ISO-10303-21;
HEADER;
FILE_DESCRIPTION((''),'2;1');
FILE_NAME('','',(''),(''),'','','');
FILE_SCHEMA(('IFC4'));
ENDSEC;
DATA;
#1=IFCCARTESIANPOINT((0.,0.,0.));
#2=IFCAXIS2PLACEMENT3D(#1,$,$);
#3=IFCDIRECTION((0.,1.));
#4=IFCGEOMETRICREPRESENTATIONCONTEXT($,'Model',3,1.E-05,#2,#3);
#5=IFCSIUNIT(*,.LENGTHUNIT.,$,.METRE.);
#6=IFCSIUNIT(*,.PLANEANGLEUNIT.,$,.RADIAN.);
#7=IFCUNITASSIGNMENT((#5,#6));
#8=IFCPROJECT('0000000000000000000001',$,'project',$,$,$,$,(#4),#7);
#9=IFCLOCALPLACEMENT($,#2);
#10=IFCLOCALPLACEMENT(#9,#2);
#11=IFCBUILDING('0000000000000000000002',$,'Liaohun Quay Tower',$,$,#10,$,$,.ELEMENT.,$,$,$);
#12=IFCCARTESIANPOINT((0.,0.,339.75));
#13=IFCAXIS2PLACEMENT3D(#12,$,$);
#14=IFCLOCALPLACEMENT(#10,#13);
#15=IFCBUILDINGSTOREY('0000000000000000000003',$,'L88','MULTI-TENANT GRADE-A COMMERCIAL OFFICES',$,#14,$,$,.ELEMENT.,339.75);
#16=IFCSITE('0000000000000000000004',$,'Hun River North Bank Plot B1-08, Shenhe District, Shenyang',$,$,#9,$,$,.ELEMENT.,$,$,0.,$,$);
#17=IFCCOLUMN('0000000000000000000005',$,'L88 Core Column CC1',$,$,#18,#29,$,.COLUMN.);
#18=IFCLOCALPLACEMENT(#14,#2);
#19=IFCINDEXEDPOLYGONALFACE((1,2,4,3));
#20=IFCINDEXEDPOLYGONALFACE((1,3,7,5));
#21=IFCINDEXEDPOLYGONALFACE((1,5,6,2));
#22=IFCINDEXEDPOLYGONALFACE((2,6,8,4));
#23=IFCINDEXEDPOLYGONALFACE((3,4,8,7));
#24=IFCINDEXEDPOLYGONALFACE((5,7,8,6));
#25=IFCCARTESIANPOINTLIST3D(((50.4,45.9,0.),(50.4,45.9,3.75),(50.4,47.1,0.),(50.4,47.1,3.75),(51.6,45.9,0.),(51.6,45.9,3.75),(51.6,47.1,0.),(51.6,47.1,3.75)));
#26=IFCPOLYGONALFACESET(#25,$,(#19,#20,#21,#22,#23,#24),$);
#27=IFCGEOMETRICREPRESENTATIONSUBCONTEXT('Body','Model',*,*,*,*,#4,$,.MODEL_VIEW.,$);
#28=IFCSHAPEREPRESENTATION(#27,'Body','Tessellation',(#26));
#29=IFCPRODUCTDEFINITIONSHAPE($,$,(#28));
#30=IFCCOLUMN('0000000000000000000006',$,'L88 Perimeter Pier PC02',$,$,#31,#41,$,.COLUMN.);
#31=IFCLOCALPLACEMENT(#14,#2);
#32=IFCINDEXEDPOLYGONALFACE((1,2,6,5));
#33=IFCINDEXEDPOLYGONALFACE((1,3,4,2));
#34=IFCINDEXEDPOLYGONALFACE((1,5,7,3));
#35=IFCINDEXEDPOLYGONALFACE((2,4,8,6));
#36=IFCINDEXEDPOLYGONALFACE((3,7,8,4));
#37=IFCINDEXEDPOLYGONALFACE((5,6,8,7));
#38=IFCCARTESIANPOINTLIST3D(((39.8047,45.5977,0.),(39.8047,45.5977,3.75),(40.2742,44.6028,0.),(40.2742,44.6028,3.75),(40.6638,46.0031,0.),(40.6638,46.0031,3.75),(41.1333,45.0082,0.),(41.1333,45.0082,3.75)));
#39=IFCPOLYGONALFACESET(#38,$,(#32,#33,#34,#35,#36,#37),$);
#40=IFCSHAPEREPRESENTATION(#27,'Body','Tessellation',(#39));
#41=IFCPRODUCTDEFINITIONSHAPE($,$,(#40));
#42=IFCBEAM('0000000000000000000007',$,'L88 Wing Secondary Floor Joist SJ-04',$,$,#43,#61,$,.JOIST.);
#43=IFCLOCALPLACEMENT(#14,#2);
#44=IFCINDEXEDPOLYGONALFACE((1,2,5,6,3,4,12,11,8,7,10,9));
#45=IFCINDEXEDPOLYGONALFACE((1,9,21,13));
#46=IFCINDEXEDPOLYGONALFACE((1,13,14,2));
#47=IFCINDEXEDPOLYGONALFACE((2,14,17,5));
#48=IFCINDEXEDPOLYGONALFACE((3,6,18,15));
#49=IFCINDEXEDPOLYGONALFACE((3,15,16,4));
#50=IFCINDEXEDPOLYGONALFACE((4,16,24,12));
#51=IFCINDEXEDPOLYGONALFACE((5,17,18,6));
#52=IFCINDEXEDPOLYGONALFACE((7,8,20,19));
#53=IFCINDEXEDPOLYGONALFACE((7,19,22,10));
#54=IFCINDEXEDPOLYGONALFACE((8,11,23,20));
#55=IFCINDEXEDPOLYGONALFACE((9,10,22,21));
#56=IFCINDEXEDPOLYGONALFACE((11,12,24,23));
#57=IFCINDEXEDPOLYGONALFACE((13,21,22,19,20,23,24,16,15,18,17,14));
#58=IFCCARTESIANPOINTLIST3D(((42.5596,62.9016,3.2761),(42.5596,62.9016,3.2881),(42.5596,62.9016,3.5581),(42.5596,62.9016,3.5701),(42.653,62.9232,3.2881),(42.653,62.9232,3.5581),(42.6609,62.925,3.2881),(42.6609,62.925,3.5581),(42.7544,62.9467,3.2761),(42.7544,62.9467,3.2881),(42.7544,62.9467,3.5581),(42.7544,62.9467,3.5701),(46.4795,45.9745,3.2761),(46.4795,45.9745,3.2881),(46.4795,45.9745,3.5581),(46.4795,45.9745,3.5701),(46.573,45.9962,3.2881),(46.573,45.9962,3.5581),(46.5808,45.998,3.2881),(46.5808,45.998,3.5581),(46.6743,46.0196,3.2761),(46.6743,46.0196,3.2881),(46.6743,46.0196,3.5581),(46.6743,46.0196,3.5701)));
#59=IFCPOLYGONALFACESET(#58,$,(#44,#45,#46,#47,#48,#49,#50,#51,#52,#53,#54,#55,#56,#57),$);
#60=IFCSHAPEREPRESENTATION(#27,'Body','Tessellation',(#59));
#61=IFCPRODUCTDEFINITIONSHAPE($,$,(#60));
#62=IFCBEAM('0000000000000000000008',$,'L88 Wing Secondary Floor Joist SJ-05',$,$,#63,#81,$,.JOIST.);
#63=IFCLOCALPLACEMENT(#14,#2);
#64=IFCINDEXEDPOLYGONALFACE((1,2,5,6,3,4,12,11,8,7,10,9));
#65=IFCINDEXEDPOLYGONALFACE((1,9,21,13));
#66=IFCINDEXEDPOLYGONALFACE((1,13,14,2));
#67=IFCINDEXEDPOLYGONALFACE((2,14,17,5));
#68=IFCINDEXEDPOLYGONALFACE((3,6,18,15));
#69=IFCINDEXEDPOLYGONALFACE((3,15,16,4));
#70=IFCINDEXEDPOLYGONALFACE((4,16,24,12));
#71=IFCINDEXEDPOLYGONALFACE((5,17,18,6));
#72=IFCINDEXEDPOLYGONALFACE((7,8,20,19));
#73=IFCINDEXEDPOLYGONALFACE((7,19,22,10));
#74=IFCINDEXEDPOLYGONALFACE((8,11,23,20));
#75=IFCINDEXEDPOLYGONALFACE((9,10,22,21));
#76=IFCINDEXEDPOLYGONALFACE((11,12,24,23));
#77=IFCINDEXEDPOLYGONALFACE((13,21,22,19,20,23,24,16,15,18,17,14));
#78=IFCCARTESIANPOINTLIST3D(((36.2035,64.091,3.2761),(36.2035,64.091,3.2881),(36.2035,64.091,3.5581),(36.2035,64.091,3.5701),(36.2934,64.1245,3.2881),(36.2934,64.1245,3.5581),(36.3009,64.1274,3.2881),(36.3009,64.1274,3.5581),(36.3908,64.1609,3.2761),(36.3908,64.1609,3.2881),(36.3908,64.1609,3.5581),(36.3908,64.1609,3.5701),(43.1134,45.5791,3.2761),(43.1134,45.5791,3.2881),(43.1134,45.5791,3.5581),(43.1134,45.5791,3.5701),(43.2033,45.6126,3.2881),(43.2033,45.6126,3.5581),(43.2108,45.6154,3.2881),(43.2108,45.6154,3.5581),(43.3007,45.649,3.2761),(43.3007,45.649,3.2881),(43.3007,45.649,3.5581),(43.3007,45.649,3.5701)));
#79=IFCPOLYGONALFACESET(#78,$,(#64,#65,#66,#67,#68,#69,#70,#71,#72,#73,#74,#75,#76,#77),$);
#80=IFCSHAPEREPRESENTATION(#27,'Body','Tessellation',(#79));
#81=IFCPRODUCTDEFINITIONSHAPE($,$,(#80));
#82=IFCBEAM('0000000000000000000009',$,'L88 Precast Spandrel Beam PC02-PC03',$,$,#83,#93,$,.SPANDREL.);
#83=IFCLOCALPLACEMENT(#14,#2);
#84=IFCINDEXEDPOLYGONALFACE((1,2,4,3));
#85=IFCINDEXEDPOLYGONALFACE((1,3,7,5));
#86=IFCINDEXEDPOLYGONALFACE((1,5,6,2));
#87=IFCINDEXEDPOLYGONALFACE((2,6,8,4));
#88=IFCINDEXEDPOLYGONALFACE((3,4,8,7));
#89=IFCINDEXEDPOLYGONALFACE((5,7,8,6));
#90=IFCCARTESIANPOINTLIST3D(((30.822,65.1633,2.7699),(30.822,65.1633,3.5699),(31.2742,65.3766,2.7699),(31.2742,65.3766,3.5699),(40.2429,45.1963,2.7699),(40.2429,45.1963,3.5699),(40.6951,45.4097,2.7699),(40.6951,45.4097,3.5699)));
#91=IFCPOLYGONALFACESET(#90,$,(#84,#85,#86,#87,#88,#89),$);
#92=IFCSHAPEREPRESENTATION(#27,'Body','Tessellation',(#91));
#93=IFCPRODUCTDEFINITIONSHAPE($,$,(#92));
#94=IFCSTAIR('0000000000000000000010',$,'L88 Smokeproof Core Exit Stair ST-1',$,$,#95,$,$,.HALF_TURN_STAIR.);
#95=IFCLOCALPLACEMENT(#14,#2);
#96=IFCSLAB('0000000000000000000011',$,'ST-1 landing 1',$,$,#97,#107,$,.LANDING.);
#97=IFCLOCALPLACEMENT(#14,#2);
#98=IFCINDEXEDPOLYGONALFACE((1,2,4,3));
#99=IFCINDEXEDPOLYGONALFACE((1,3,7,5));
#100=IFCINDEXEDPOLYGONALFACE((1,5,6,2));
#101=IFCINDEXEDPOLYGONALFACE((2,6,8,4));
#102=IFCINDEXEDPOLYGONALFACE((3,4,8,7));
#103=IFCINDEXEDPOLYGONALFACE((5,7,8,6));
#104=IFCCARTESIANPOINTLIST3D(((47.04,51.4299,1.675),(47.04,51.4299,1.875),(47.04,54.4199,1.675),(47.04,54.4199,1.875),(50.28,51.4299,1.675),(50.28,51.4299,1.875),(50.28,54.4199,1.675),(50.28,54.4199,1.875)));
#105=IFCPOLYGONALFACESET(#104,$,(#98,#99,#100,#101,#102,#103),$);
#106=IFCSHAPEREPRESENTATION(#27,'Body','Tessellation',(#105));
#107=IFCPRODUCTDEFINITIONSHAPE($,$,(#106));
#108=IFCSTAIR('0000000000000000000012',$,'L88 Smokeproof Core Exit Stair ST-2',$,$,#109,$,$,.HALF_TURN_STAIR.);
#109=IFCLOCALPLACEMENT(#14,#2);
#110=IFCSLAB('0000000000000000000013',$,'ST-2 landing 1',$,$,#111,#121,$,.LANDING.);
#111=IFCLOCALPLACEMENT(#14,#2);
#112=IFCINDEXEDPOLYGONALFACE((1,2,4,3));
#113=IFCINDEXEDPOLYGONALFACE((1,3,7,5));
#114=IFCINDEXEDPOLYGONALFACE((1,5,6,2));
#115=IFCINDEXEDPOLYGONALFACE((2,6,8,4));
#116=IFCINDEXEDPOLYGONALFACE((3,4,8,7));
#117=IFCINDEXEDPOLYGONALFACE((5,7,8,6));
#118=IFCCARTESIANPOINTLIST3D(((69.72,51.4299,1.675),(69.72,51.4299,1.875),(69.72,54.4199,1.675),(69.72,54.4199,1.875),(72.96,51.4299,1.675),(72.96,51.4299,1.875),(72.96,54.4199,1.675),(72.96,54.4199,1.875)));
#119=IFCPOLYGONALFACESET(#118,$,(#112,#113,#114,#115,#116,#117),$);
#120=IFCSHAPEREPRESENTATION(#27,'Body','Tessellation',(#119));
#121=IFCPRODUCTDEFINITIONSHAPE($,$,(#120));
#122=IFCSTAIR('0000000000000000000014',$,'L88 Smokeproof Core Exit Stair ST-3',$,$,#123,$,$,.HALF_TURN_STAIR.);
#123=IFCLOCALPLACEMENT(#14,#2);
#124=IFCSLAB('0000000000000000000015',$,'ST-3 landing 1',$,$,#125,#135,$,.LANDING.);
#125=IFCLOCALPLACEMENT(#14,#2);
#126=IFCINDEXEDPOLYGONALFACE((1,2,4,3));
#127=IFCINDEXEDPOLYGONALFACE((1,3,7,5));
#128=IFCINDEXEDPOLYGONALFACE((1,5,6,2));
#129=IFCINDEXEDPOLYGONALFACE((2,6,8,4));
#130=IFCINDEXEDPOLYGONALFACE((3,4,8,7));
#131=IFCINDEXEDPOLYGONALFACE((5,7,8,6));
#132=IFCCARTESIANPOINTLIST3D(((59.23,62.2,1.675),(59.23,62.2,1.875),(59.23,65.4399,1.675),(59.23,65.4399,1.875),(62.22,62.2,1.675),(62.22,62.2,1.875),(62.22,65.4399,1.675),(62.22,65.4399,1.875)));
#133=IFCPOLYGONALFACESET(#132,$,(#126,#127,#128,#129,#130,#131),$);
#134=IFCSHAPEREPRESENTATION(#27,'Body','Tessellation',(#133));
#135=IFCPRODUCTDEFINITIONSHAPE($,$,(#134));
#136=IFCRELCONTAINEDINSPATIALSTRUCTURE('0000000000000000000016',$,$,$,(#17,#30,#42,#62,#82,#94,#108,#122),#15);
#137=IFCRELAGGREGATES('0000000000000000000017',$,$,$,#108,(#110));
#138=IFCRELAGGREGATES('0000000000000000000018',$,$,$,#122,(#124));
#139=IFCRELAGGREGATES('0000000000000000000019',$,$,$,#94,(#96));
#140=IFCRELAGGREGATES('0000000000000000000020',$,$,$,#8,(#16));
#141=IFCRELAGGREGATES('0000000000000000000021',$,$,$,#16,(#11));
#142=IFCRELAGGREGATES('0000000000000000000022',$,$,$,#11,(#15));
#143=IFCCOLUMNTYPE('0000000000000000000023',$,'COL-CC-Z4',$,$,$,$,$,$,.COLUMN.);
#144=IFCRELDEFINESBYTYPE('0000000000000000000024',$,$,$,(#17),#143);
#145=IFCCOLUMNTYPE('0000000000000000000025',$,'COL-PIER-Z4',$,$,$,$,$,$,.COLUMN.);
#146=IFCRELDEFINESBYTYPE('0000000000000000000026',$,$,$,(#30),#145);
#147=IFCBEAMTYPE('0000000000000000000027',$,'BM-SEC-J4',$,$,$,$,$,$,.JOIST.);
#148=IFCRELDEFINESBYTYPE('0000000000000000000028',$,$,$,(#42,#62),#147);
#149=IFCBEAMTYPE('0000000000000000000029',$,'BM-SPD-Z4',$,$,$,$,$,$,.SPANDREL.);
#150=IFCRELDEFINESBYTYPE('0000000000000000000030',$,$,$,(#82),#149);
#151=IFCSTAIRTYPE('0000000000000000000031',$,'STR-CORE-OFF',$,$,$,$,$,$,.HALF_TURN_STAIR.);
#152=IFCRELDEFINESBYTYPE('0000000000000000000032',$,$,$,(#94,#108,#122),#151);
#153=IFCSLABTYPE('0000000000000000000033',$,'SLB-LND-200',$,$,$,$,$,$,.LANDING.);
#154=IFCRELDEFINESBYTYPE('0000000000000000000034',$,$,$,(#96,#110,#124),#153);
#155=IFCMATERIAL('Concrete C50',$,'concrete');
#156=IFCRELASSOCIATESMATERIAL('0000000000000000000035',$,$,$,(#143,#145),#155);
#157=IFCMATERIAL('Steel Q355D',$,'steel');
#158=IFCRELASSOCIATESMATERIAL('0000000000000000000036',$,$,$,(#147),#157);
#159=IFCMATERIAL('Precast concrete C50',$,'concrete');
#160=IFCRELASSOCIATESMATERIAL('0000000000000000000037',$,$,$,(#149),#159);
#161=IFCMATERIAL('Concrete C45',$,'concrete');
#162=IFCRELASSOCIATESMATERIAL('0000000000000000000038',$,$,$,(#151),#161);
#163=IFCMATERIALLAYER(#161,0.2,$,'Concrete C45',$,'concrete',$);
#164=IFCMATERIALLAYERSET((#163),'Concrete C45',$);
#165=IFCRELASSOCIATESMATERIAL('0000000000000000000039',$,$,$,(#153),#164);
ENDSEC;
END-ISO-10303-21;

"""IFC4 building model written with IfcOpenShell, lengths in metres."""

from ifc_helpers import new_model, si_unit, direction, frame, origin, origin_2d, place, context, subcontext, project, spatial, polyline, rectangle, i_section, outline, extrude, source, transform, mapped, material, layer, layer_set, material_profile, profile_set, type_object, element, aggregate, save


model = new_model("IFC4")

# Units and contexts
model_context = context("Model", 3, precision=1e-05, world=origin(), true_north=direction((0.0, 1.0)))
body_context = subcontext(model_context, "Body", "Model", "MODEL_VIEW")
ifc_project = project(units=[si_unit("LENGTHUNIT", "METRE"), si_unit("PLANEANGLEUNIT", "RADIAN")], contexts=[model_context])

# Site, building, storey
site_placement = place(None, origin())
site = spatial("IfcSite", under=ifc_project, at=site_placement, Name="Hun River North Bank Plot B1-08, Shenhe District, Shenyang", CompositionType="ELEMENT", RefElevation=0.0)
building_placement = place(site_placement, origin())
building = spatial("IfcBuilding", under=site, at=building_placement, Name="Liaohun Quay Tower", CompositionType="ELEMENT")
storey_placement = place(building_placement, frame((0.0, 0.0, 339.75)))
storey = spatial("IfcBuildingStorey", under=building, at=storey_placement, Name="L88", Description="MULTI-TENANT GRADE-A COMMERCIAL OFFICES", CompositionType="ELEMENT", Elevation=339.75)

# Columns
ifc_material_1 = material(Name="Concrete C50", Category="concrete")
ifc_material_profile_1 = material_profile(ifc_material_1, rectangle(XDim=1.2, YDim=1.2, at=origin_2d()), Name="RC1200x1200")
ifc_profile_set_1 = profile_set([ifc_material_profile_1], Name="Concrete C50")
column_type_1 = type_object("IfcColumnType", Name="COL-CC-Z4", PredefinedType="COLUMN", material=ifc_profile_set_1)
shared_shape_1 = source(origin(), body_context, "Body", "SweptSolid", [
    extrude(rectangle(XDim=1.2, YDim=1.2, at=origin_2d()), origin(), (0.0, 0.0, 1.0), 3.75),
])
column_1_placement = place(storey_placement, frame((51.0, 46.5, 0.0), z_axis=(0.0, 0.0, 1.0), x_axis=(1.0, 0.0, 0.0)))
element("IfcColumn", 1, at=column_1_placement, inside=storey, type_object=column_type_1, Name="L88 Core Column CC1", PredefinedType="COLUMN", context=body_context, shape_type="MappedRepresentation", body=[
    mapped(shared_shape_1, transform((0.0, 0.0, 0.0), x_axis=(1.0, 0.0, 0.0), y_axis=(0.0, 1.0, 0.0), z_axis=(0.0, 0.0, 1.0), scale=1.0)),
])
ifc_material_profile_2 = material_profile(ifc_material_1, rectangle(XDim=1.1001, YDim=0.95, at=origin_2d()), Name="RC1100x950")
ifc_profile_set_2 = profile_set([ifc_material_profile_2], Name="Concrete C50")
column_type_2 = type_object("IfcColumnType", Name="COL-PIER-Z4", PredefinedType="COLUMN", material=ifc_profile_set_2)
shared_shape_2 = source(origin(), body_context, "Body", "SweptSolid", [
    extrude(rectangle(XDim=1.1001, YDim=0.95, at=origin_2d()), origin(), (0.0, 0.0, 1.0), 3.75),
])
column_2_placement = place(storey_placement, frame((40.469, 45.303, 0.0), z_axis=(0.0, 0.0, 1.0), x_axis=(-0.426727, 0.904381, 0.0)))
element("IfcColumn", 2, at=column_2_placement, inside=storey, type_object=column_type_2, Name="L88 Perimeter Pier PC02", PredefinedType="COLUMN", context=body_context, shape_type="MappedRepresentation", body=[
    mapped(shared_shape_2, transform((0.0, 0.0, 0.0), x_axis=(1.0, 0.0, 0.0), y_axis=(0.0, 1.0, 0.0), z_axis=(0.0, 0.0, 1.0), scale=1.0)),
])

# Beams
ifc_material_2 = material(Name="Steel Q355D", Category="steel")
ifc_material_profile_3 = material_profile(ifc_material_2, i_section(OverallWidth=0.2, OverallDepth=0.2939, WebThickness=0.0081, FlangeThickness=0.012, at=origin_2d()), Name="HM294x200x8x12")
ifc_profile_set_3 = profile_set([ifc_material_profile_3], Name="Steel Q355D")
beam_type_1 = type_object("IfcBeamType", Name="BM-SEC-J4", PredefinedType="JOIST", material=ifc_profile_set_3)
shared_shape_3 = source(origin(), body_context, "Body", "SweptSolid", [
    extrude(i_section(OverallWidth=0.2, OverallDepth=0.2939, WebThickness=0.0081, FlangeThickness=0.012, at=origin_2d()), origin(), (0.0, 0.0, 1.0), 17.375),
])
beam_1_placement = place(storey_placement, frame((46.5769, 45.9971, 3.4231), z_axis=(-0.225608, 0.974218, 0.0), x_axis=(-0.974218, -0.225608, 0.0)))
element("IfcBeam", 3, at=beam_1_placement, inside=storey, type_object=beam_type_1, Name="L88 Wing Secondary Floor Joist SJ-04", PredefinedType="JOIST", context=body_context, shape_type="MappedRepresentation", body=[
    mapped(shared_shape_3, transform((0.0, 0.0, 0.0), x_axis=(1.0, 0.0, 0.0), y_axis=(0.0, 1.0, 0.0), z_axis=(0.0, 0.0, 1.0), scale=1.0)),
])
shared_shape_4 = source(origin(), body_context, "Body", "SweptSolid", [
    extrude(i_section(OverallWidth=0.2, OverallDepth=0.2939, WebThickness=0.0081, FlangeThickness=0.012, at=origin_2d()), origin(), (0.0, 0.0, 1.0), 19.7595),
])
beam_2_placement = place(storey_placement, frame((43.207, 45.614, 3.4231), z_axis=(-0.3497, 0.936862, 0.0), x_axis=(-0.936862, -0.3497, 0.0)))
element("IfcBeam", 4, at=beam_2_placement, inside=storey, type_object=beam_type_1, Name="L88 Wing Secondary Floor Joist SJ-05", PredefinedType="JOIST", context=body_context, shape_type="MappedRepresentation", body=[
    mapped(shared_shape_4, transform((0.0, 0.0, 0.0), x_axis=(1.0, 0.0, 0.0), y_axis=(0.0, 1.0, 0.0), z_axis=(0.0, 0.0, 1.0), scale=1.0)),
])
ifc_material_3 = material(Name="Precast concrete C50", Category="concrete")
ifc_material_profile_4 = material_profile(ifc_material_3, rectangle(XDim=0.5, YDim=0.8, at=origin_2d()), Name="RC500x800")
ifc_profile_set_4 = profile_set([ifc_material_profile_4], Name="Precast concrete C50")
beam_type_2 = type_object("IfcBeamType", Name="BM-SPD-Z4", PredefinedType="SPANDREL", material=ifc_profile_set_4)
shared_shape_5 = source(origin(), body_context, "Body", "SweptSolid", [
    extrude(rectangle(XDim=0.5, YDim=0.8, at=origin_2d()), origin(), (0.0, 0.0, 1.0), 22.0779),
])
beam_3_placement = place(storey_placement, frame((40.469, 45.303, 3.1699), z_axis=(-0.426711, 0.904388, 0.0), x_axis=(-0.904388, -0.426711, 0.0)))
element("IfcBeam", 5, at=beam_3_placement, inside=storey, type_object=beam_type_2, Name="L88 Precast Spandrel Beam PC02-PC03", PredefinedType="SPANDREL", context=body_context, shape_type="MappedRepresentation", body=[
    mapped(shared_shape_5, transform((0.0, 0.0, 0.0), x_axis=(1.0, 0.0, 0.0), y_axis=(0.0, 1.0, 0.0), z_axis=(0.0, 0.0, 1.0), scale=1.0)),
])

# Stairs, slabs
ifc_material_4 = material(Name="Concrete C45", Category="concrete")
stair_type = type_object("IfcStairType", Name="STR-CORE-OFF", PredefinedType="HALF_TURN_STAIR", material=ifc_material_4)
stair_1_placement = place(storey_placement, origin())
stair_1 = element("IfcStair", 6, at=stair_1_placement, inside=storey, type_object=stair_type, Name="L88 Smokeproof Core Exit Stair ST-1", PredefinedType="HALF_TURN_STAIR")
ifc_layer_1 = layer(ifc_material_4, 0.2, Name="Concrete C45", Category="concrete")
ifc_layer_set_1 = layer_set([ifc_layer_1], Name="Concrete C45")
slab_type_1 = type_object("IfcSlabType", Name="SLB-LND-200", PredefinedType="LANDING", material=ifc_layer_set_1)
slab_1_placement = place(storey_placement, frame((0.0, 0.0, 1.675)))
slab_1 = element("IfcSlab", 7, at=slab_1_placement, type_object=slab_type_1, Name="ST-1 landing 1", PredefinedType="LANDING", context=body_context, shape_type="SweptSolid", body=[
    extrude(outline(polyline([(50.28, 51.4299), (50.28, 54.4199), (47.04, 54.4199), (47.04, 51.4299), (50.28, 51.4299)])), origin(), (0.0, 0.0, 1.0), 0.2),
])
stair_2_placement = place(storey_placement, origin())
stair_2 = element("IfcStair", 8, at=stair_2_placement, inside=storey, type_object=stair_type, Name="L88 Smokeproof Core Exit Stair ST-2", PredefinedType="HALF_TURN_STAIR")
slab_2_placement = place(storey_placement, frame((0.0, 0.0, 1.675)))
slab_2 = element("IfcSlab", 9, at=slab_2_placement, type_object=slab_type_1, Name="ST-2 landing 1", PredefinedType="LANDING", context=body_context, shape_type="SweptSolid", body=[
    extrude(outline(polyline([(72.96, 51.4299), (72.96, 54.4199), (69.72, 54.4199), (69.72, 51.4299), (72.96, 51.4299)])), origin(), (0.0, 0.0, 1.0), 0.2),
])
aggregate(stair_2, [slab_2])
stair_3_placement = place(storey_placement, origin())
stair_3 = element("IfcStair", 10, at=stair_3_placement, inside=storey, type_object=stair_type, Name="L88 Smokeproof Core Exit Stair ST-3", PredefinedType="HALF_TURN_STAIR")
slab_3_placement = place(storey_placement, frame((0.0, 0.0, 1.675)))
slab_3 = element("IfcSlab", 11, at=slab_3_placement, type_object=slab_type_1, Name="ST-3 landing 1", PredefinedType="LANDING", context=body_context, shape_type="SweptSolid", body=[
    extrude(outline(polyline([(59.23, 62.2), (62.22, 62.2), (62.22, 65.4399), (59.23, 65.4399), (59.23, 62.2)])), origin(), (0.0, 0.0, 1.0), 0.2),
])
aggregate(stair_3, [slab_3])

aggregate(stair_1, [slab_1])

save(model, "model.ifc")
